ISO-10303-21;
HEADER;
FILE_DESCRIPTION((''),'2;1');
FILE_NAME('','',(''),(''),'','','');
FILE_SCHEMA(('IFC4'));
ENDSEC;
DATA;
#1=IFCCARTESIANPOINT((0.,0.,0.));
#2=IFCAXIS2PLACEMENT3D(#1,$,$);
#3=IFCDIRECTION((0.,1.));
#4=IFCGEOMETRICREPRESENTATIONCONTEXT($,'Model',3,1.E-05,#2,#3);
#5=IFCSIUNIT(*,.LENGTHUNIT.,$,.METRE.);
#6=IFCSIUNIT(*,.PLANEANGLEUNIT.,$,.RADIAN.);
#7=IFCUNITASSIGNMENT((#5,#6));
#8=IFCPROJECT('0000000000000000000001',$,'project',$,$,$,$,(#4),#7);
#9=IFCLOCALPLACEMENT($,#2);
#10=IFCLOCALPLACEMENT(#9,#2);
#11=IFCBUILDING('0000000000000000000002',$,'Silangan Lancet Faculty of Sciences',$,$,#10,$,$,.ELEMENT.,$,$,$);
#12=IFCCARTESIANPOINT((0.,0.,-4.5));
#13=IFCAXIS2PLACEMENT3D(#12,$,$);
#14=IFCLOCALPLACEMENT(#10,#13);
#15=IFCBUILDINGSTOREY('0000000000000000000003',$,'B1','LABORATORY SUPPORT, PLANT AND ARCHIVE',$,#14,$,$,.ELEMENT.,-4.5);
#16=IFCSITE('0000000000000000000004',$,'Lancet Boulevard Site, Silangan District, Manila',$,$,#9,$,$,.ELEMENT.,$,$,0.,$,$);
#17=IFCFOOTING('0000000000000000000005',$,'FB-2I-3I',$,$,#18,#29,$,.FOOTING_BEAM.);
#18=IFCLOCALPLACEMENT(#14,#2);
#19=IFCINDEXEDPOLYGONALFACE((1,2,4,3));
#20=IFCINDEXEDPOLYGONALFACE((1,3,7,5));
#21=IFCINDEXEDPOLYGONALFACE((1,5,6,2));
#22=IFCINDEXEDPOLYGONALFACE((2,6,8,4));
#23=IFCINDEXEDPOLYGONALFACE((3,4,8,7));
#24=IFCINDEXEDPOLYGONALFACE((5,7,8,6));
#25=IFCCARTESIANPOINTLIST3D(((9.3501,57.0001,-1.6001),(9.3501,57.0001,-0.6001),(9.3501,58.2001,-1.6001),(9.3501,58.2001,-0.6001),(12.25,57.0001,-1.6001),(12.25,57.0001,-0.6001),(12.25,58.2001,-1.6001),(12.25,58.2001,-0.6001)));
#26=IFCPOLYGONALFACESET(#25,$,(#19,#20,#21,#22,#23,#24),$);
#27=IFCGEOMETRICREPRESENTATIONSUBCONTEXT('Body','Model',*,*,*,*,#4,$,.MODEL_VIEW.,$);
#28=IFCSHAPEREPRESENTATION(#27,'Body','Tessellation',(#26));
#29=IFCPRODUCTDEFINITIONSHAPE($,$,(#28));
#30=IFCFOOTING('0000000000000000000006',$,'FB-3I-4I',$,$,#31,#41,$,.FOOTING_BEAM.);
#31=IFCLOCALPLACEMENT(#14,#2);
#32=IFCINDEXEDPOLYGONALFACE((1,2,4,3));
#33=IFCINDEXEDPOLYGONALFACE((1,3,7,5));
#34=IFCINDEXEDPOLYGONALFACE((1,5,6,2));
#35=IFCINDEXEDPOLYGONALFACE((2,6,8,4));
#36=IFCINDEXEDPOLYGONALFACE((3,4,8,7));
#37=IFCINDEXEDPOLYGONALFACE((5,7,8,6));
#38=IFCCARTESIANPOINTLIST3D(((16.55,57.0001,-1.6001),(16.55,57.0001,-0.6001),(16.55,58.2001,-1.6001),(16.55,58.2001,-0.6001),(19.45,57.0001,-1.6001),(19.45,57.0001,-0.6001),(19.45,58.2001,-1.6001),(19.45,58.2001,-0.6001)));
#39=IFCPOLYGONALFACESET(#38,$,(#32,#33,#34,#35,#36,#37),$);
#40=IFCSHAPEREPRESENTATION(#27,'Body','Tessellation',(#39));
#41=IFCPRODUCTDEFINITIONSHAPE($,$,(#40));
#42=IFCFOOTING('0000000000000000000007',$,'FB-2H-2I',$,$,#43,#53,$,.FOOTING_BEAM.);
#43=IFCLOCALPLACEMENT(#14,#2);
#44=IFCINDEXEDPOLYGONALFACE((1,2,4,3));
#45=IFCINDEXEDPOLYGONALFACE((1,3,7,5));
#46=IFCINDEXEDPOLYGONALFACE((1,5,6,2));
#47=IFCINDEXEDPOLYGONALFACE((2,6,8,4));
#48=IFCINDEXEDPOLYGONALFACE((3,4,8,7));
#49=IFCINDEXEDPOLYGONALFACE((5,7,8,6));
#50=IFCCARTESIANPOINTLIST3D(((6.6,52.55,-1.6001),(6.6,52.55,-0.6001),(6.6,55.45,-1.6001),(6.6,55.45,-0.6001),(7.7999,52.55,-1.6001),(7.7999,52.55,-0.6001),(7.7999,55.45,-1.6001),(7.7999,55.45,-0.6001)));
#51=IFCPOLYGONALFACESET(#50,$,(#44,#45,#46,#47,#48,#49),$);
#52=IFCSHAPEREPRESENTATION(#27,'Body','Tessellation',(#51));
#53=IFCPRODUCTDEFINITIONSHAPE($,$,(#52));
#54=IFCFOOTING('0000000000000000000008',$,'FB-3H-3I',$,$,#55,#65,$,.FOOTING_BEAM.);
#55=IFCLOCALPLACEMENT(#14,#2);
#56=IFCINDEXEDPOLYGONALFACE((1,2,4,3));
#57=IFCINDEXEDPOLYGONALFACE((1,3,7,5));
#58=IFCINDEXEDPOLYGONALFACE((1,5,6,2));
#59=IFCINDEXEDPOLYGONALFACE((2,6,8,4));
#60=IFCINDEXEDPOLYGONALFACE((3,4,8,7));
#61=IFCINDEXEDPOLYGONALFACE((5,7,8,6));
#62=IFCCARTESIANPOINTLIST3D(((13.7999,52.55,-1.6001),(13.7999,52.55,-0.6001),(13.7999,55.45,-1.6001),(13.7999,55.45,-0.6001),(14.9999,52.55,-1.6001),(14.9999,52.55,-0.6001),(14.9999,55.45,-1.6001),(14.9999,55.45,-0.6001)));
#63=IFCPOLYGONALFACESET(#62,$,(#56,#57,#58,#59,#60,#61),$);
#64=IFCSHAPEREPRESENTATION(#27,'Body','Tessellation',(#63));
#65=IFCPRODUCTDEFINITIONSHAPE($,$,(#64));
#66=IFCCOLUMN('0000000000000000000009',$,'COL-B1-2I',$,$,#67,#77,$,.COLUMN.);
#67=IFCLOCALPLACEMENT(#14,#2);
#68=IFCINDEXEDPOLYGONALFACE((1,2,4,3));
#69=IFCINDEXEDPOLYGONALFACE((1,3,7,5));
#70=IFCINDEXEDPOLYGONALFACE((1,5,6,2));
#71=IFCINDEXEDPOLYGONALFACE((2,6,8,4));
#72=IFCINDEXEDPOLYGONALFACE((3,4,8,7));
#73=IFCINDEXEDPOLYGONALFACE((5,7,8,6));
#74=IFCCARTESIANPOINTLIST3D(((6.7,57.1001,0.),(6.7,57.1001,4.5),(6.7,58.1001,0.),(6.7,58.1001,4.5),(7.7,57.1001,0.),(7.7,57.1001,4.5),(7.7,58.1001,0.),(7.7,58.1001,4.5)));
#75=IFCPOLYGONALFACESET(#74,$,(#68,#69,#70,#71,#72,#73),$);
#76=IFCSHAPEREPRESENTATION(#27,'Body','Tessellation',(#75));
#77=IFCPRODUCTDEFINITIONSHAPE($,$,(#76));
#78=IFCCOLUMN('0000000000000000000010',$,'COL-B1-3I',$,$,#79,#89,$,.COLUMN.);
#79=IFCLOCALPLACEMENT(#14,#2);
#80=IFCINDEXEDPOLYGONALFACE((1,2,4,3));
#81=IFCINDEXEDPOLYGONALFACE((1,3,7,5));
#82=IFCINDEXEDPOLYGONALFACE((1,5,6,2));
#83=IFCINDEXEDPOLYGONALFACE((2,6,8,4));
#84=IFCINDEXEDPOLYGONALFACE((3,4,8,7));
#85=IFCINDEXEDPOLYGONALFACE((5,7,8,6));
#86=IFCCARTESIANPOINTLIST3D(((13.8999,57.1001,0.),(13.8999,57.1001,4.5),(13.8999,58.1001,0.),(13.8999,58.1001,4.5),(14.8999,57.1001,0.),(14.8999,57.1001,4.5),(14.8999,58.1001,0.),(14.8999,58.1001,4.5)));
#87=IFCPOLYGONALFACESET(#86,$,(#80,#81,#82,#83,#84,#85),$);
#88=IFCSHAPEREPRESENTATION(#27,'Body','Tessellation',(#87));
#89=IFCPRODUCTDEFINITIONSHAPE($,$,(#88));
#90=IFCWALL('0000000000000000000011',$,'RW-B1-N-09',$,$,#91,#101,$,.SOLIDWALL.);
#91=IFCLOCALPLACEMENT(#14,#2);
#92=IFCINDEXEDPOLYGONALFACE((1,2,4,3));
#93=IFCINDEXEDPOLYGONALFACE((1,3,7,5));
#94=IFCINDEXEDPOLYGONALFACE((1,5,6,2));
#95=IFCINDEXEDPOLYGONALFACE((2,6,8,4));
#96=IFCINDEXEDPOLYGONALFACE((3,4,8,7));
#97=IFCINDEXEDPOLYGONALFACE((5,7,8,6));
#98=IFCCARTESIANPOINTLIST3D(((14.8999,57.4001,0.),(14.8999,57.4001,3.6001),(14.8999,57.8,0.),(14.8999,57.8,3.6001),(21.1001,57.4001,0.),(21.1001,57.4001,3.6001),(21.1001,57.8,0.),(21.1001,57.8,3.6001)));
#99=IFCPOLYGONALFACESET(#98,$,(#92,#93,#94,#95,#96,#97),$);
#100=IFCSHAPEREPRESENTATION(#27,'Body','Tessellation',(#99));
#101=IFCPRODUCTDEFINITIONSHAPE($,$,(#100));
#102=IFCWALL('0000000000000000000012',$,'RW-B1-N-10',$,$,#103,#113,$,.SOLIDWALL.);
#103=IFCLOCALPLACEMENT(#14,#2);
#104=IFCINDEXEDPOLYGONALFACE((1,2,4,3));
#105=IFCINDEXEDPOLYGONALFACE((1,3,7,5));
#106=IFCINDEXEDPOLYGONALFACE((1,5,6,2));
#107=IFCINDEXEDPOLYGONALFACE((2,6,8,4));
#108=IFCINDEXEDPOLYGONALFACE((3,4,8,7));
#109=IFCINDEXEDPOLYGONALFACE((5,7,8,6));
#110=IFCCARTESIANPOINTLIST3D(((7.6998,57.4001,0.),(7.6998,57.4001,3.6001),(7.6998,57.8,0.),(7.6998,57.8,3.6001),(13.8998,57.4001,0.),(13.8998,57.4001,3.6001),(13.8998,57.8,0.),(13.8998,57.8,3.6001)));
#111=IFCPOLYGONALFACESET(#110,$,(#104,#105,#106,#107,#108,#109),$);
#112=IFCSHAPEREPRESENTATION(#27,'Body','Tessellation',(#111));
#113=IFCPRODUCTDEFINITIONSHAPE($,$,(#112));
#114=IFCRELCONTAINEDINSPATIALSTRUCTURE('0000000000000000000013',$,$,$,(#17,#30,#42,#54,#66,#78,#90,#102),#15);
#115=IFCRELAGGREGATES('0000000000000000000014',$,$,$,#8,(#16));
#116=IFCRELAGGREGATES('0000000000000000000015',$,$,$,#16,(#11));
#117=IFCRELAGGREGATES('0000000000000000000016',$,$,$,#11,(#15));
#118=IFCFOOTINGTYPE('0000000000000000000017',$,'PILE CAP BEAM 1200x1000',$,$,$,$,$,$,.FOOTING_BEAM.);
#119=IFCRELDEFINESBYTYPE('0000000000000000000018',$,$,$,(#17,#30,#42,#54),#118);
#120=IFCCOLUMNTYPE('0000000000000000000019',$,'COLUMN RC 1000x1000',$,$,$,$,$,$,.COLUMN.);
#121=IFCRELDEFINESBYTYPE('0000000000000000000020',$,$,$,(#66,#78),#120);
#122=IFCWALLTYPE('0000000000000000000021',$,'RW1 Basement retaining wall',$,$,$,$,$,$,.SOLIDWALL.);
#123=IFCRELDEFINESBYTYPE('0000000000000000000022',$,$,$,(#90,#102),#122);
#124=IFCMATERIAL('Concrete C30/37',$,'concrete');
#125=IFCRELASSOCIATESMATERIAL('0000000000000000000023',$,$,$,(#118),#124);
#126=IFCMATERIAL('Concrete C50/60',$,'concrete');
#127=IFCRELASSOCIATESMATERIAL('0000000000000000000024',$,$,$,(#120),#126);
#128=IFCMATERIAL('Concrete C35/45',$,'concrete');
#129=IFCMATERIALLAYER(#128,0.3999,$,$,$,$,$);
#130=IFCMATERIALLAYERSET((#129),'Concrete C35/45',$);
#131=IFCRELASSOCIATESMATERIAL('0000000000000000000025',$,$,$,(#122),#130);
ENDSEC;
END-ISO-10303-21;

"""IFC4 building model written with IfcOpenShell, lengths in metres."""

from ifc_helpers import new_model, si_unit, direction, frame, frame_2d, origin, origin_2d, place, context, subcontext, project, spatial, rectangle, extrude, material, layer, layer_set, material_profile, profile_set, type_object, element, save


model = new_model("IFC4")

# Units and contexts
model_context = context("Model", 3, precision=1e-05, world=origin(), true_north=direction((0.0, 1.0)))
body_context = subcontext(model_context, "Body", "Model", "MODEL_VIEW")
ifc_project = project(units=[si_unit("LENGTHUNIT", "METRE"), si_unit("PLANEANGLEUNIT", "RADIAN")], contexts=[model_context])

# Site, building, storey
site_placement = place(None, origin())
site = spatial("IfcSite", under=ifc_project, at=site_placement, Name="Lancet Boulevard Site, Silangan District, Manila", CompositionType="ELEMENT", RefElevation=0.0)
building_placement = place(site_placement, origin())
building = spatial("IfcBuilding", under=site, at=building_placement, Name="Silangan Lancet Faculty of Sciences", CompositionType="ELEMENT")
storey_placement = place(building_placement, frame((0.0, 0.0, -4.5)))
storey = spatial("IfcBuildingStorey", under=building, at=storey_placement, Name="B1", Description="LABORATORY SUPPORT, PLANT AND ARCHIVE", CompositionType="ELEMENT", Elevation=-4.5)

# Footings
ifc_material_1 = material(Name="Concrete C30/37", Category="concrete")
footing_type_1 = type_object("IfcFootingType", Name="PILE CAP BEAM 1200x1000", PredefinedType="FOOTING_BEAM", material=ifc_material_1)
for number, where, z_axis, x_axis, name in (
    (1, (10.8, 57.6001, -1.6001), (0.0, 0.0, 1.0), (1.0, 0.0, 0.0), "FB-2I-3I"),
    (2, (18.0, 57.6001, -1.6001), (0.0, 0.0, 1.0), (1.0, 0.0, 0.0), "FB-3I-4I"),
    (3, (7.2, 54.0, -1.6001), (0.0, 0.0, 1.0), (0.0, 1.0, 0.0), "FB-2H-2I"),
    (4, (14.3999, 54.0, -1.6001), (0.0, 0.0, 1.0), (0.0, 1.0, 0.0), "FB-3H-3I"),
):
    element("IfcFooting", number, at=place(storey_placement, frame(where, z_axis=z_axis, x_axis=x_axis)), inside=storey, type_object=footing_type_1, Name=name, PredefinedType="FOOTING_BEAM", context=body_context, shape_type="SweptSolid", body=[
        extrude(rectangle(XDim=2.8999, YDim=1.2, at=origin_2d()), origin(), (0.0, 0.0, 1.0), 1.0),
    ])

# Columns
ifc_material_2 = material(Name="Concrete C50/60", Category="concrete")
ifc_material_profile_1 = material_profile(ifc_material_2, rectangle(XDim=1.0, YDim=1.0, at=origin_2d()), Name="RC 1000x1000")
ifc_profile_set_1 = profile_set([ifc_material_profile_1], Name="Concrete C50/60")
column_type = type_object("IfcColumnType", Name="COLUMN RC 1000x1000", PredefinedType="COLUMN", material=ifc_profile_set_1)
for number, where, z_axis, x_axis, name in (
    (5, (7.2, 57.6001, 0.0), (0.0, 0.0, 1.0), (1.0, 0.0, 0.0), "COL-B1-2I"),
    (6, (14.3999, 57.6001, 0.0), (0.0, 0.0, 1.0), (1.0, 0.0, 0.0), "COL-B1-3I"),
):
    element("IfcColumn", number, at=place(storey_placement, frame(where, z_axis=z_axis, x_axis=x_axis)), inside=storey, type_object=column_type, Name=name, PredefinedType="COLUMN", context=body_context, shape_type="SweptSolid", body=[
        extrude(rectangle(XDim=1.0, YDim=1.0, at=origin_2d()), origin(), (0.0, 0.0, 1.0), 4.5),
    ])

# Walls
ifc_material_3 = material(Name="Concrete C35/45", Category="concrete")
ifc_layer = layer(ifc_material_3, 0.3999)
ifc_layer_set = layer_set([ifc_layer], Name="Concrete C35/45")
wall_type = type_object("IfcWallType", Name="RW1 Basement retaining wall", PredefinedType="SOLIDWALL", material=ifc_layer_set)
wall_1_placement = place(storey_placement, frame((21.1001, 57.6001, 0.0), z_axis=(0.0, 0.0, 1.0), x_axis=(-1.0, 0.0, 0.0)))
element("IfcWall", 7, at=wall_1_placement, inside=storey, type_object=wall_type, Name="RW-B1-N-09", PredefinedType="SOLIDWALL", context=body_context, shape_type="SweptSolid", body=[
    extrude(rectangle(XDim=6.2002, YDim=0.3999, at=frame_2d((3.1001, 0.0))), origin(), (0.0, 0.0, 1.0), 3.6001),
])
wall_2_placement = place(storey_placement, frame((13.8999, 57.6001, 0.0), z_axis=(0.0, 0.0, 1.0), x_axis=(-1.0, 0.0, 0.0)))
element("IfcWall", 8, at=wall_2_placement, inside=storey, type_object=wall_type, Name="RW-B1-N-10", PredefinedType="SOLIDWALL", context=body_context, shape_type="SweptSolid", body=[
    extrude(rectangle(XDim=6.2, YDim=0.3999, at=frame_2d((3.1001, 0.0))), origin(), (0.0, 0.0, 1.0), 3.6001),
])

save(model, "model.ifc")
